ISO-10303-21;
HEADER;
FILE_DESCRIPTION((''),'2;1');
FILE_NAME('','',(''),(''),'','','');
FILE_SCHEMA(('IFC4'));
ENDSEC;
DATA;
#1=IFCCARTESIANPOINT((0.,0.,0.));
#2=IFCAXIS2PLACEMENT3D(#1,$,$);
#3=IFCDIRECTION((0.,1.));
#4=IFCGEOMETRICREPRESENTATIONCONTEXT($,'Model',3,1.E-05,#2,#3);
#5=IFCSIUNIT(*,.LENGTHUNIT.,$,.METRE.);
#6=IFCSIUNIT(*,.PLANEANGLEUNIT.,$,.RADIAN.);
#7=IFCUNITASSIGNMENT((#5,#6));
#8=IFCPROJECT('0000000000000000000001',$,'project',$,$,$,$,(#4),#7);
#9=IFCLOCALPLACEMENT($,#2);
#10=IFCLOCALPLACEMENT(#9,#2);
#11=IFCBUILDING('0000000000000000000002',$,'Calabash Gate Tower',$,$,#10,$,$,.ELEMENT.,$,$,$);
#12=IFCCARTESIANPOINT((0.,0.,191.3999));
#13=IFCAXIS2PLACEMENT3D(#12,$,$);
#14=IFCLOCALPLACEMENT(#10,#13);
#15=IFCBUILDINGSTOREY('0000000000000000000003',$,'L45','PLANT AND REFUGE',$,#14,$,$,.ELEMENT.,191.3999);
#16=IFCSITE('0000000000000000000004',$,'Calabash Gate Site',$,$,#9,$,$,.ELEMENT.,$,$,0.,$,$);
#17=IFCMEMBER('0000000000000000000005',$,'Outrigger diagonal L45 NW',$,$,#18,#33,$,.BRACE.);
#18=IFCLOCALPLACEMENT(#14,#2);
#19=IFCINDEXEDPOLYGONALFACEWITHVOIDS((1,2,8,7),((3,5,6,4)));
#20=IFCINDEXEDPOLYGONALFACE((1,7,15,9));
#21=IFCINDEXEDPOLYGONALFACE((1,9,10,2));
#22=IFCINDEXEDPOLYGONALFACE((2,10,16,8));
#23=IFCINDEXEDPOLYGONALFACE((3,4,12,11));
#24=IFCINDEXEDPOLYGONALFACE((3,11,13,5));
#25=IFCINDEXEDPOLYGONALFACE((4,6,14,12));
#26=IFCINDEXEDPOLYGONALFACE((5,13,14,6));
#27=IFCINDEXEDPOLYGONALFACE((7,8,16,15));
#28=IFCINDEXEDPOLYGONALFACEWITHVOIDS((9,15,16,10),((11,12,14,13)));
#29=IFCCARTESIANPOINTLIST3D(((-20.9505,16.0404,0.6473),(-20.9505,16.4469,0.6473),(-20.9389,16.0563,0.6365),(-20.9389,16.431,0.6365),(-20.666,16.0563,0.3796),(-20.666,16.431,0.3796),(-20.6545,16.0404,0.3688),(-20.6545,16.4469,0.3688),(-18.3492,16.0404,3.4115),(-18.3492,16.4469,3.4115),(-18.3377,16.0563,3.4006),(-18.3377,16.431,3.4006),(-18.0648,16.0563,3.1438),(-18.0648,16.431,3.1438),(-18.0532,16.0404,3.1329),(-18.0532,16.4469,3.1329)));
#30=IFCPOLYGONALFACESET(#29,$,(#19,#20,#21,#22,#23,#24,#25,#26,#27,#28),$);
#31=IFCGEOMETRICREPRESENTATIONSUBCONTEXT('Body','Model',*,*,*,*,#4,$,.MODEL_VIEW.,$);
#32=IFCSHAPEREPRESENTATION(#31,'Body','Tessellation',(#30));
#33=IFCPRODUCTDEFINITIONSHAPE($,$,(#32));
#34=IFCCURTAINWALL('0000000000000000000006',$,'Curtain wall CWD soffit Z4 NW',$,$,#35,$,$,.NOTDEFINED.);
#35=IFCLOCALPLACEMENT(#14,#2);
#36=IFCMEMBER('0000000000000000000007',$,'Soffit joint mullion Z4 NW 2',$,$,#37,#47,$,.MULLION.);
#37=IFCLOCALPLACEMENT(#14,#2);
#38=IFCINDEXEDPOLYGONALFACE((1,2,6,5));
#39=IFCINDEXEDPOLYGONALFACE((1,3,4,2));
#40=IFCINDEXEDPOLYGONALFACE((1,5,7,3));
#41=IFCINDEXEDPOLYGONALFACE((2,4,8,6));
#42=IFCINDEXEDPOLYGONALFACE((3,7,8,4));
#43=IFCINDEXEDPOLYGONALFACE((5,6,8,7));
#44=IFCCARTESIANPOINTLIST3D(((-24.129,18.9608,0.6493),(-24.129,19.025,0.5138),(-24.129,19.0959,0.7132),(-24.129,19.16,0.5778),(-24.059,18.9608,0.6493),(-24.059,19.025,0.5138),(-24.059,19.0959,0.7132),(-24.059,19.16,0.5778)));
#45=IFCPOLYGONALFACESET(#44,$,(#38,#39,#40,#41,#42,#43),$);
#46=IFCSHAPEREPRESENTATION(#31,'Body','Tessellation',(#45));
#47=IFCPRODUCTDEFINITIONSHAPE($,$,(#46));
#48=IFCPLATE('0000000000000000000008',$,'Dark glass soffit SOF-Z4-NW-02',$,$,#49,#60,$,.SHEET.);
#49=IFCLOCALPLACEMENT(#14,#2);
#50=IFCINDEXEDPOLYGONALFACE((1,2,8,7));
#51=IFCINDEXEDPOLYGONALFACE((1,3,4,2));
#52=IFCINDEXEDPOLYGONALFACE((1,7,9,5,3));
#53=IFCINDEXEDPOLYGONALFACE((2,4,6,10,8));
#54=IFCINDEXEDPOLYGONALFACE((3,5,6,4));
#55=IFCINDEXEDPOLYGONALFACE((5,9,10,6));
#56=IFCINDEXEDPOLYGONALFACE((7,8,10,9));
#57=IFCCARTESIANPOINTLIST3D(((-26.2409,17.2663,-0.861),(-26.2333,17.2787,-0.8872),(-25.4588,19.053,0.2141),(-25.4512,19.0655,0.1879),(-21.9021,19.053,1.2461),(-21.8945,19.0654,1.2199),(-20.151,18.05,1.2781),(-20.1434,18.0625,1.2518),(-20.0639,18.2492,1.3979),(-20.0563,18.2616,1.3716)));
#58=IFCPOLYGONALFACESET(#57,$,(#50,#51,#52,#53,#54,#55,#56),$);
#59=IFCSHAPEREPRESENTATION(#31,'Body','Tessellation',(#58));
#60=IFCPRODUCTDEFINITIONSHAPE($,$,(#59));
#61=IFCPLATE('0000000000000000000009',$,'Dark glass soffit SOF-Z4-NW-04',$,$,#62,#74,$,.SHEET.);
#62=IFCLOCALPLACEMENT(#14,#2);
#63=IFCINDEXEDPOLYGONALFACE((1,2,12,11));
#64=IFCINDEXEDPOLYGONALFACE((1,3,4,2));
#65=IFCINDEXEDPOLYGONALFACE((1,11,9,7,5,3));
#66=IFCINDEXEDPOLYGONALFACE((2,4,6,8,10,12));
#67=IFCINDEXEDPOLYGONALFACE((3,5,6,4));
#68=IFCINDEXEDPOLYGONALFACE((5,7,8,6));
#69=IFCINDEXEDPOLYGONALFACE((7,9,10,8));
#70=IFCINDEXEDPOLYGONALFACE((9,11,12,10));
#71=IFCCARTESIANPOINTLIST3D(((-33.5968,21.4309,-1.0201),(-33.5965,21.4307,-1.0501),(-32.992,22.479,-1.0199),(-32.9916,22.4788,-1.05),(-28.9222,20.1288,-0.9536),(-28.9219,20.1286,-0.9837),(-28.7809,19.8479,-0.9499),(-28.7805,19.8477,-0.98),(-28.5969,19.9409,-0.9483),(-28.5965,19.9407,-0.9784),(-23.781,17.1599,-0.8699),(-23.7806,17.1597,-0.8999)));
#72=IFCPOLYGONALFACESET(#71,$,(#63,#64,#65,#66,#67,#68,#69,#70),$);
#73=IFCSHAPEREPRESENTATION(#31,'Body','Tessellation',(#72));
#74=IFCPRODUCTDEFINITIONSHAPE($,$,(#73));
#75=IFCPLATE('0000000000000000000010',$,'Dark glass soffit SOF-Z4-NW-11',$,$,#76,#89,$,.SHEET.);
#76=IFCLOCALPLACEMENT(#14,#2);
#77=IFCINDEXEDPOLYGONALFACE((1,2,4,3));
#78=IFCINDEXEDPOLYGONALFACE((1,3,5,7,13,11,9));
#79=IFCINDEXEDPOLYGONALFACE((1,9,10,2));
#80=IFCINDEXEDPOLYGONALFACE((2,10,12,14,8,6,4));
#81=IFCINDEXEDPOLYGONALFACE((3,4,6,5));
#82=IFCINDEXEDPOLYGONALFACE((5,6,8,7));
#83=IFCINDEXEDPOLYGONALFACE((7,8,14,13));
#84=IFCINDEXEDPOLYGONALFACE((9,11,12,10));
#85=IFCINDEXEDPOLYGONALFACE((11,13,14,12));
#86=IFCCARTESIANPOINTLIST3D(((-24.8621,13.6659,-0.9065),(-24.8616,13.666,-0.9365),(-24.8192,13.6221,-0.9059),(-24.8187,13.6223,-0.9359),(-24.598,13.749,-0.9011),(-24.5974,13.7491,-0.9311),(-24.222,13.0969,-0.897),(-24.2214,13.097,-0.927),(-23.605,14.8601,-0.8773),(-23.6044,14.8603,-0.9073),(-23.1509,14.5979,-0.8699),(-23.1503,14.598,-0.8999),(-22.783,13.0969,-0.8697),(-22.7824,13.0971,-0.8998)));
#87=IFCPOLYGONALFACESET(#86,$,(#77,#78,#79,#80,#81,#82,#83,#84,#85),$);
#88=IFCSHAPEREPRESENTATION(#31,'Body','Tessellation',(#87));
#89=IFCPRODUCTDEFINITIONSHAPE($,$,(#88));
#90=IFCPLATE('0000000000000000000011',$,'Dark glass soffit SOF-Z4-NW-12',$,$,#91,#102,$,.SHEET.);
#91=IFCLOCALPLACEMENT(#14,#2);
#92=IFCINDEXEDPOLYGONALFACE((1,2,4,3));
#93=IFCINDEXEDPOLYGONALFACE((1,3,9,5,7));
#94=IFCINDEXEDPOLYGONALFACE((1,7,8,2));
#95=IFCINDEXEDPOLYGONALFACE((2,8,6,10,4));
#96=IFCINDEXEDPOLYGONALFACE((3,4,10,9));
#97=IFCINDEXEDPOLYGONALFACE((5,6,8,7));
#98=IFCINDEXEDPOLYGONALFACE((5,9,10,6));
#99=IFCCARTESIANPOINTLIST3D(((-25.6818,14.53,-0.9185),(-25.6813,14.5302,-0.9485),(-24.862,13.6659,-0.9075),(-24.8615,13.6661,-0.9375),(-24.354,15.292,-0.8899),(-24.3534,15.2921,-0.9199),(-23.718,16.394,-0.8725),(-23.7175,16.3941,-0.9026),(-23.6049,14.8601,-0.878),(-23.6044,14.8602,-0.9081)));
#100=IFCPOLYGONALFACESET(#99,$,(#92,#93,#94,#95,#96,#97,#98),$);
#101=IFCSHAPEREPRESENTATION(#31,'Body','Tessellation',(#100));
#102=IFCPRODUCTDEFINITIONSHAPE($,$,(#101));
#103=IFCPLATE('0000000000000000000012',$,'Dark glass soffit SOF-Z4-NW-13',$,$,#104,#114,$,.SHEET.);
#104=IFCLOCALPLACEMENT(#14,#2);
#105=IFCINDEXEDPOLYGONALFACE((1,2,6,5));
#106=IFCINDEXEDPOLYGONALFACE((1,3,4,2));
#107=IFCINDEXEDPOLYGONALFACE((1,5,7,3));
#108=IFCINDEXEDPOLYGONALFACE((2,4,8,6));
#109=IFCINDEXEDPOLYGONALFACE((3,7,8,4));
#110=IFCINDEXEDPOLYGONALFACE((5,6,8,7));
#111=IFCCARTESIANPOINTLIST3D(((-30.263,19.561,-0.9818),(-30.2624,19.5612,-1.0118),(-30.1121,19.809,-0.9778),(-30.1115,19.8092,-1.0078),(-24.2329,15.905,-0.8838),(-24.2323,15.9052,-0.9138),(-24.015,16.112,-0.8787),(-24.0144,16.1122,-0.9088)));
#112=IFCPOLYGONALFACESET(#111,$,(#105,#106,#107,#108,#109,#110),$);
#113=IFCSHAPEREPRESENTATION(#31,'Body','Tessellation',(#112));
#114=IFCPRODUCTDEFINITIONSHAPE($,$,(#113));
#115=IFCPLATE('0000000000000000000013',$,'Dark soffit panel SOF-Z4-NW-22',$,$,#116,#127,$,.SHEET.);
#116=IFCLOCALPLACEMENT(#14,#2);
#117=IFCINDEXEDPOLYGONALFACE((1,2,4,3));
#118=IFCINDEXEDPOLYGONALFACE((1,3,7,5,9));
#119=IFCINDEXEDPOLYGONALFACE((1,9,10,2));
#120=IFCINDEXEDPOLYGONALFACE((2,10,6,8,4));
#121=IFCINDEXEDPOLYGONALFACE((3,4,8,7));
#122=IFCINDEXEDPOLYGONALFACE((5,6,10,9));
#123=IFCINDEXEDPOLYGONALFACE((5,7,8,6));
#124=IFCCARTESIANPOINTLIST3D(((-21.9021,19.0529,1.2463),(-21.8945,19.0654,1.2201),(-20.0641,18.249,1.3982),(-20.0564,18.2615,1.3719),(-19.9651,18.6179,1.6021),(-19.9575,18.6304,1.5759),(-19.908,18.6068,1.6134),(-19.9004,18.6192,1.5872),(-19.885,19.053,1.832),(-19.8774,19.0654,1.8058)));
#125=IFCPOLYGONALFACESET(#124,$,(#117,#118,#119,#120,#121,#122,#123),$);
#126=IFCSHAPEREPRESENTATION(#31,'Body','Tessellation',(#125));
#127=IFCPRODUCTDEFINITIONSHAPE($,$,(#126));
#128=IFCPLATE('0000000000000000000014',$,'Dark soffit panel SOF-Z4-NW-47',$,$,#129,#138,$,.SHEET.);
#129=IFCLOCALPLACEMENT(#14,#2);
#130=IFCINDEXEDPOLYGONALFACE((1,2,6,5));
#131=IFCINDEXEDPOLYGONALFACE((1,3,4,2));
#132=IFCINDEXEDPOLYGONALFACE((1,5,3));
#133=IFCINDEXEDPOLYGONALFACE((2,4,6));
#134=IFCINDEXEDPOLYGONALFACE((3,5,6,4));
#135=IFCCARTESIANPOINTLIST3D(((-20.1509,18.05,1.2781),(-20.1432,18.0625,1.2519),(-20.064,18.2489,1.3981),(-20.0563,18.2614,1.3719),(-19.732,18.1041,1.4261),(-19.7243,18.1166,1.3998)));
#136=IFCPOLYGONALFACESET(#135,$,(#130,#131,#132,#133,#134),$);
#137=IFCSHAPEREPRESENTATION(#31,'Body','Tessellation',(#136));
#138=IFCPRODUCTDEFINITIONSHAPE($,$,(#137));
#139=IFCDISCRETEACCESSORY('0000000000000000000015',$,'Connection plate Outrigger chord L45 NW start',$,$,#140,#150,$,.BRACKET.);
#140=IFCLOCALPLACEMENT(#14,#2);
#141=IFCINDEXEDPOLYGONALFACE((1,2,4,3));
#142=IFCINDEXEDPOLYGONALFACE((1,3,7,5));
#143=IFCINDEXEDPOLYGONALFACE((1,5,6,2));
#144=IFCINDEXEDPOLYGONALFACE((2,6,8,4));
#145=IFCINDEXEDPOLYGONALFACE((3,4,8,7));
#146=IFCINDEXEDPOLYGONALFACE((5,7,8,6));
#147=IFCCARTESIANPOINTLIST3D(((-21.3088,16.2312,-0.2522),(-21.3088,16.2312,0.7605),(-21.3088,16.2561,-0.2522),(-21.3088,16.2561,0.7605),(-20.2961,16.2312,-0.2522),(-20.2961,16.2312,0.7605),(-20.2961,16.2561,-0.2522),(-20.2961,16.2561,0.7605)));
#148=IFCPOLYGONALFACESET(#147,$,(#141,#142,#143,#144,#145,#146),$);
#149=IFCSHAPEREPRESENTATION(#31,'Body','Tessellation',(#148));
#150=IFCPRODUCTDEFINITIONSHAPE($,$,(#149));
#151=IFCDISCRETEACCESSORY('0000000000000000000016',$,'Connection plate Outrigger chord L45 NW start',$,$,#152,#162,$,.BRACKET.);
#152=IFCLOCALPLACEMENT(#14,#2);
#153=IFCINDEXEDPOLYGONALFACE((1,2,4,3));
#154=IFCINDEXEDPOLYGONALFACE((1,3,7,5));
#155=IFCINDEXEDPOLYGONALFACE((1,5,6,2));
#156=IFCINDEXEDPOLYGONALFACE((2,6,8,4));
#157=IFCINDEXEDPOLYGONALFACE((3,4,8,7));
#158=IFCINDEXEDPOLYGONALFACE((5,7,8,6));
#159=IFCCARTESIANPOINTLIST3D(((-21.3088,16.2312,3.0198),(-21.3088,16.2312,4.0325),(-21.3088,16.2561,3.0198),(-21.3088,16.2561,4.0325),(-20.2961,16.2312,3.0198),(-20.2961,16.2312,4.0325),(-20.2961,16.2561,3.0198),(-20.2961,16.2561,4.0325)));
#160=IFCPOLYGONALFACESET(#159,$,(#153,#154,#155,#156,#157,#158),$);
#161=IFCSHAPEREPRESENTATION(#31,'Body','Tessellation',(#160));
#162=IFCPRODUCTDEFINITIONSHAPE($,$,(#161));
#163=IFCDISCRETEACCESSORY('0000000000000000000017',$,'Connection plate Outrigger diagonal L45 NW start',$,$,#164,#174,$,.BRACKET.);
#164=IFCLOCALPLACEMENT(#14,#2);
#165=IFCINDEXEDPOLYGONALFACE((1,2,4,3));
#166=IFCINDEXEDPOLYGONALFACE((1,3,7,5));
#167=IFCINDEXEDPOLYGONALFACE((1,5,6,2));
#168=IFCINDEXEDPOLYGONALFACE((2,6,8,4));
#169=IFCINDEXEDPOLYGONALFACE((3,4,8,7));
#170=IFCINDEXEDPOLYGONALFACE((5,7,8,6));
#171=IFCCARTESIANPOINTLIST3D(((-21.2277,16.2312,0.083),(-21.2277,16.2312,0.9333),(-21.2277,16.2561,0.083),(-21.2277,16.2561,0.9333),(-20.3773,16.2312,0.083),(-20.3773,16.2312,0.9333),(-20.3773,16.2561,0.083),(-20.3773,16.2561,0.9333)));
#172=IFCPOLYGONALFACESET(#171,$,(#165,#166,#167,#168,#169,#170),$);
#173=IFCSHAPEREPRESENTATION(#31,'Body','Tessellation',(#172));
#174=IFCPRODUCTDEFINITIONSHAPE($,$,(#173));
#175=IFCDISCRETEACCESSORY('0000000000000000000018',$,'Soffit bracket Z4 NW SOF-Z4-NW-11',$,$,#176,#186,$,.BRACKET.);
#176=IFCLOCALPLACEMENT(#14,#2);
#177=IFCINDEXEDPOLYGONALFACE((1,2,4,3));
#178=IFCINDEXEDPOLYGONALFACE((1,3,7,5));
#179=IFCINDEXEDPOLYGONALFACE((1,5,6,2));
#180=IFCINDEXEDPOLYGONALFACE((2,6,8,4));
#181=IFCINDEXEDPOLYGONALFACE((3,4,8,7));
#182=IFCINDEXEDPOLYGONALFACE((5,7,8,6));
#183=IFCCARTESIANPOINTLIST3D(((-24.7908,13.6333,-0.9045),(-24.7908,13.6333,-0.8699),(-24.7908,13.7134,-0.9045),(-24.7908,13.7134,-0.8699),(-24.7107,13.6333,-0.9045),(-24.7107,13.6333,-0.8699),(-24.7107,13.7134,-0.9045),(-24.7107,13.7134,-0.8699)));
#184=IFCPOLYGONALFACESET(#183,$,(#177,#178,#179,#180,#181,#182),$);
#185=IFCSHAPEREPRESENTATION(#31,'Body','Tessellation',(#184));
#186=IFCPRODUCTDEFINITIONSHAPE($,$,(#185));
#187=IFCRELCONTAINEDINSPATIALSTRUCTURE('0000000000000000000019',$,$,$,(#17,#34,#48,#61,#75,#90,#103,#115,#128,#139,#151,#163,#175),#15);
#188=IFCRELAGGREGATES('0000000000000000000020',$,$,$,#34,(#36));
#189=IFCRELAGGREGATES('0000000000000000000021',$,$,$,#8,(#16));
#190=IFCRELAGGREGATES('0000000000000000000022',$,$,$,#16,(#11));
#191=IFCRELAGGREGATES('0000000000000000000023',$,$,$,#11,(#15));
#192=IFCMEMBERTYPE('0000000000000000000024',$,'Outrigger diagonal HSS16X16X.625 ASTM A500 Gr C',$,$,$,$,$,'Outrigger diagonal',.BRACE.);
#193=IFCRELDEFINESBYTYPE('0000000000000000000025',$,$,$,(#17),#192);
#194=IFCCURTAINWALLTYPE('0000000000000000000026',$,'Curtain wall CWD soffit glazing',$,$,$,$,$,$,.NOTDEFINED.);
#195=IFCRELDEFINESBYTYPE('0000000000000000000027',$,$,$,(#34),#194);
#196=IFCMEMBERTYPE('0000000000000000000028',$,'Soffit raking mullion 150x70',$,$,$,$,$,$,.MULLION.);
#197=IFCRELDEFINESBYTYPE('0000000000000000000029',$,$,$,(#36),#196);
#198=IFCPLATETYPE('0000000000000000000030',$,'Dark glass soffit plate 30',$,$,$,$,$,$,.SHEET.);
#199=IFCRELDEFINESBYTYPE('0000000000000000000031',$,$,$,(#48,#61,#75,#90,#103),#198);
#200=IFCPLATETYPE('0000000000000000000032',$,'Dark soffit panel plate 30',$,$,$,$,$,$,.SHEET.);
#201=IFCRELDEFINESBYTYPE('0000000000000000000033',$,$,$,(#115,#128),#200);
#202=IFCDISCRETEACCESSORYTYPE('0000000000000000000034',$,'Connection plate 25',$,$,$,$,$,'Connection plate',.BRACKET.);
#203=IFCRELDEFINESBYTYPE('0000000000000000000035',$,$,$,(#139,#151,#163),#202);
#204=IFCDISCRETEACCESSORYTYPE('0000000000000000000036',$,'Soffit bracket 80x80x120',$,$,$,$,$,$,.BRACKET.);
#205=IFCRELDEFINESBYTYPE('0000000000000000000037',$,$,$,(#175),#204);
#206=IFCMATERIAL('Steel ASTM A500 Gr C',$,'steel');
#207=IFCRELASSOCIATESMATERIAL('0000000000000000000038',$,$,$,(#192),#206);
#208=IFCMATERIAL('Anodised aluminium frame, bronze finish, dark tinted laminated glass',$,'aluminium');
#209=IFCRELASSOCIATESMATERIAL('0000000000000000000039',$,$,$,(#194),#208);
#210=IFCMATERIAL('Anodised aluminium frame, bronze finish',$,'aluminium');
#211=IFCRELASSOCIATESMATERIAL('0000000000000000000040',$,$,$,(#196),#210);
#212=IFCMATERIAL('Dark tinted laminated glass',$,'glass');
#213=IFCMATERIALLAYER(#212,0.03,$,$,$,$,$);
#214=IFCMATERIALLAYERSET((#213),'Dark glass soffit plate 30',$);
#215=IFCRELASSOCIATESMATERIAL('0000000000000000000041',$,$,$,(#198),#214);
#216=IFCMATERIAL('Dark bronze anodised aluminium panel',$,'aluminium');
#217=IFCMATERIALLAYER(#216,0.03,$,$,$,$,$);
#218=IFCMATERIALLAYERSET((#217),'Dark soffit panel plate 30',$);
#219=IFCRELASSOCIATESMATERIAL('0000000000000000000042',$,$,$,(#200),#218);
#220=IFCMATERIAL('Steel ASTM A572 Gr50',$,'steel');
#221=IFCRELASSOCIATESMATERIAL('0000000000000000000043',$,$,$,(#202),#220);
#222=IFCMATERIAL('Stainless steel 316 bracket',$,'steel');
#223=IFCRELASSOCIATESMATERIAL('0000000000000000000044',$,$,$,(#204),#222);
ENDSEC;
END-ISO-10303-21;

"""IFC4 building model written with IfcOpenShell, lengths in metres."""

from ifc_helpers import new_model, si_unit, direction, frame, origin, origin_2d, place, context, subcontext, project, spatial, polyline, rectangle, hollow_rectangle, outline, extrude, material, layer, layer_set, material_profile, profile_set, type_object, element, aggregate, save


model = new_model("IFC4")

# Units and contexts
model_context = context("Model", 3, precision=1e-05, world=origin(), true_north=direction((0.0, 1.0)))
body_context = subcontext(model_context, "Body", "Model", "MODEL_VIEW")
ifc_project = project(units=[si_unit("LENGTHUNIT", "METRE"), si_unit("PLANEANGLEUNIT", "RADIAN")], contexts=[model_context])

# Site, building, storey
site_placement = place(None, origin())
site = spatial("IfcSite", under=ifc_project, at=site_placement, Name="Calabash Gate Site", CompositionType="ELEMENT", RefElevation=0.0)
building_placement = place(site_placement, origin())
building = spatial("IfcBuilding", under=site, at=building_placement, Name="Calabash Gate Tower", CompositionType="ELEMENT")
storey_placement = place(building_placement, frame((0.0, 0.0, 191.3999)))
storey = spatial("IfcBuildingStorey", under=building, at=storey_placement, Name="L45", Description="PLANT AND REFUGE", CompositionType="ELEMENT", Elevation=191.3999)

# Member
ifc_material_1 = material(Name="Steel ASTM A500 Gr C", Category="steel")
ifc_material_profile_1 = material_profile(ifc_material_1, hollow_rectangle(XDim=0.4065, YDim=0.4065, WallThickness=0.0159, at=origin_2d()))
ifc_profile_set_1 = profile_set([ifc_material_profile_1], Name="Steel ASTM A500 Gr C")
member_type_1 = type_object("IfcMemberType", Name="Outrigger diagonal HSS16X16X.625 ASTM A500 Gr C", ElementType="Outrigger diagonal", PredefinedType="BRACE", material=ifc_profile_set_1)
member_1_placement = place(storey_placement, frame((-20.8025, 16.2437, 0.5081), z_axis=(0.685331, 0.0, 0.728232), x_axis=(0.0, 1.0, 0.0)))
element("IfcMember", 1, at=member_1_placement, inside=storey, type_object=member_type_1, Name="Outrigger diagonal L45 NW", PredefinedType="BRACE", context=body_context, shape_type="SweptSolid", body=[
    extrude(hollow_rectangle(XDim=0.4065, YDim=0.4065, WallThickness=0.0159, at=origin_2d()), origin(), (0.0, 0.0, 1.0), 3.7957),
])

# Curtain wall, member
ifc_material_2 = material(Name="Anodised aluminium frame, bronze finish, dark tinted laminated glass", Category="aluminium")
curtain_wall_type = type_object("IfcCurtainWallType", Name="Curtain wall CWD soffit glazing", PredefinedType="NOTDEFINED", material=ifc_material_2)
curtain_wall_placement = place(storey_placement, origin())
curtain_wall = element("IfcCurtainWall", 2, at=curtain_wall_placement, inside=storey, type_object=curtain_wall_type, Name="Curtain wall CWD soffit Z4 NW", PredefinedType="NOTDEFINED")
ifc_material_3 = material(Name="Anodised aluminium frame, bronze finish", Category="aluminium")
ifc_material_profile_2 = material_profile(ifc_material_3, rectangle(XDim=0.1499, YDim=0.0701, at=origin_2d()))
ifc_profile_set_2 = profile_set([ifc_material_profile_2], Name="Anodised aluminium frame, bronze finish")
member_type_2 = type_object("IfcMemberType", Name="Soffit raking mullion 150x70", PredefinedType="MULLION", material=ifc_profile_set_2)
member_2_placement = place(storey_placement, frame((-24.094, 18.9929, 0.5815), z_axis=(0.0, 0.903705, 0.428157), x_axis=(0.0, -0.428157, 0.903705)))
member_2 = element("IfcMember", 3, at=member_2_placement, type_object=member_type_2, Name="Soffit joint mullion Z4 NW 2", PredefinedType="MULLION", context=body_context, shape_type="SweptSolid", body=[
    extrude(rectangle(XDim=0.1499, YDim=0.0701, at=origin_2d()), origin(), (0.0, 0.0, 1.0), 0.1494),
])
aggregate(curtain_wall, [member_2])

# Plates
ifc_material_4 = material(Name="Dark tinted laminated glass", Category="glass")
ifc_layer_1 = layer(ifc_material_4, 0.03)
ifc_layer_set_1 = layer_set([ifc_layer_1], Name="Dark glass soffit plate 30")
plate_type_1 = type_object("IfcPlateType", Name="Dark glass soffit plate 30", PredefinedType="SHEET", material=ifc_layer_set_1)
plate_1_placement = place(storey_placement, frame((-21.9021, 19.053, 1.2461), z_axis=(-0.253554, -0.414824, 0.87386), x_axis=(0.913621, -0.399505, 0.075445)))
element("IfcPlate", 4, at=plate_1_placement, inside=storey, type_object=plate_type_1, Name="Dark glass soffit SOF-Z4-NW-02", PredefinedType="SHEET", context=body_context, shape_type="SweptSolid", body=[
    extrude(outline(polyline([(0.0, 0.0), (2.012, 0.0), (2.0029, -0.248), (-3.4092, -3.8516), (-3.3274, -1.626), (0.0, 0.0)])), origin(), (0.0, 0.0, -1.0), 0.03),
])
plate_2_placement = place(storey_placement, frame((-23.781, 17.1599, -0.8699), z_axis=(-0.012267, 0.006967, 0.9999), x_axis=(-0.91687, 0.398939, -0.014028)))
element("IfcPlate", 5, at=plate_2_placement, inside=storey, type_object=plate_type_1, Name="Dark glass soffit SOF-Z4-NW-04", PredefinedType="SHEET", context=body_context, shape_type="SweptSolid", body=[
    extrude(outline(polyline([(0.0, 0.0), (10.7058, 0.0), (10.5693, -1.2024), (5.8994, -0.6711), (5.6577, -0.47), (5.5261, -0.6287), (0.0, 0.0)])), origin(), (0.0, 0.0, -1.0), 0.03),
])
plate_3_placement = place(storey_placement, frame((-23.1509, 14.5979, -0.8699), z_axis=(-0.018913, -0.004547, 0.999811), x_axis=(0.238071, -0.971248, 0.000086)))
element("IfcPlate", 6, at=plate_3_placement, inside=storey, type_object=plate_type_1, Name="Dark glass soffit SOF-Z4-NW-11", PredefinedType="SHEET", context=body_context, shape_type="SweptSolid", body=[
    extrude(outline(polyline([(0.0, 0.0), (1.5454, 0.0), (1.2029, -1.3979), (0.48, -1.6079), (0.5505, -1.853), (0.4978, -1.8843), (-0.3628, -0.3787), (0.0, 0.0)])), origin(), (0.0, 0.0, -1.0), 0.03),
])
plate_4_placement = place(storey_placement, frame((-24.354, 15.292, -0.8899), z_axis=(-0.018674, -0.004963, 0.999813), x_axis=(0.866235, -0.499449, 0.0137)))
element("IfcPlate", 7, at=plate_4_placement, inside=storey, type_object=plate_type_1, Name="Dark glass soffit SOF-Z4-NW-12", PredefinedType="SHEET", context=body_context, shape_type="SweptSolid", body=[
    extrude(outline(polyline([(0.0, 0.0), (0.8647, 0.0), (0.3718, -1.6626), (-0.77, -1.3235), (0.0007, 1.2725), (0.0, 0.0)])), origin(), (0.0, 0.0, -1.0), 0.03),
])
plate_5_placement = place(storey_placement, frame((-24.2329, 15.905, -0.8838), z_axis=(-0.018958, -0.004478, 0.99981), x_axis=(-0.855025, 0.518401, -0.013891)))
element("IfcPlate", 8, at=plate_5_placement, inside=storey, type_object=plate_type_1, Name="Dark glass soffit SOF-Z4-NW-13", PredefinedType="SHEET", context=body_context, shape_type="SweptSolid", body=[
    extrude(outline(polyline([(0.0, 0.0), (7.0525, 0.0), (7.052, -0.2903), (-0.0791, -0.29), (0.0, 0.0)])), origin(), (0.0, 0.0, -1.0), 0.03),
])
ifc_material_5 = material(Name="Dark bronze anodised aluminium panel", Category="aluminium")
ifc_layer_2 = layer(ifc_material_5, 0.03)
ifc_layer_set_2 = layer_set([ifc_layer_2], Name="Dark soffit panel plate 30")
plate_type_2 = type_object("IfcPlateType", Name="Dark soffit panel plate 30", PredefinedType="SHEET", material=ifc_layer_set_2)
plate_6_placement = place(storey_placement, frame((-19.885, 19.053, 1.832), z_axis=(-0.253696, -0.415019, 0.873727), x_axis=(-0.160647, -0.872656, -0.461156)))
element("IfcPlate", 9, at=plate_6_placement, inside=storey, type_object=plate_type_2, Name="Dark soffit panel SOF-Z4-NW-22", PredefinedType="SHEET", context=body_context, shape_type="SweptSolid", body=[
    extrude(outline(polyline([(0.0, 0.0), (0.4985, 0.0), (0.4939, 0.0591), (0.9304, -0.031), (0.5942, -2.0146), (0.0, 0.0)])), origin(), (0.0, 0.0, -1.0), 0.03),
])
plate_7_placement = place(storey_placement, frame((-20.1509, 18.05, 1.2781), z_axis=(-0.254773, -0.415762, 0.873059), x_axis=(0.350263, 0.801867, 0.484072)))
element("IfcPlate", 10, at=plate_7_placement, inside=storey, type_object=plate_type_2, Name="Dark soffit panel SOF-Z4-NW-47", PredefinedType="SHEET", context=body_context, shape_type="SweptSolid", body=[
    extrude(outline(polyline([(0.0, 0.0), (0.248, 0.0), (0.2617, -0.363), (0.0, 0.0)])), origin(), (0.0, 0.0, -1.0), 0.03),
])

# Discrete accessories
ifc_material_6 = material(Name="Steel ASTM A572 Gr50", Category="steel")
discrete_accessory_type_1 = type_object("IfcDiscreteAccessoryType", Name="Connection plate 25", ElementType="Connection plate", PredefinedType="BRACKET", material=ifc_material_6)
for number, where, z_axis, x_axis, name in (
    (11, (-20.8025, 16.2437, -0.2522), (0.0, 0.0, 1.0), (1.0, 0.0, 0.0), "Connection plate Outrigger chord L45 NW start"),
    (12, (-20.8025, 16.2437, 3.0198), (0.0, 0.0, 1.0), (1.0, 0.0, 0.0), "Connection plate Outrigger chord L45 NW start"),
):
    element("IfcDiscreteAccessory", number, at=place(storey_placement, frame(where, z_axis=z_axis, x_axis=x_axis)), inside=storey, type_object=discrete_accessory_type_1, Name=name, PredefinedType="BRACKET", context=body_context, shape_type="SweptSolid", body=[
        extrude(rectangle(XDim=1.0127, YDim=0.0249, at=origin_2d()), origin(), (0.0, 0.0, 1.0), 1.0127),
    ])
discrete_accessory_1_placement = place(storey_placement, frame((-20.8025, 16.2437, 0.083), z_axis=(0.0, 0.0, 1.0), x_axis=(1.0, 0.0, 0.0)))
element("IfcDiscreteAccessory", 13, at=discrete_accessory_1_placement, inside=storey, type_object=discrete_accessory_type_1, Name="Connection plate Outrigger diagonal L45 NW start", PredefinedType="BRACKET", context=body_context, shape_type="SweptSolid", body=[
    extrude(rectangle(XDim=0.8503, YDim=0.0249, at=origin_2d()), origin(), (0.0, 0.0, 1.0), 0.8503),
])
ifc_material_7 = material(Name="Stainless steel 316 bracket", Category="steel")
discrete_accessory_type_2 = type_object("IfcDiscreteAccessoryType", Name="Soffit bracket 80x80x120", PredefinedType="BRACKET", material=ifc_material_7)
discrete_accessory_2_placement = place(storey_placement, frame((-24.7507, 13.6733, -0.9045), z_axis=(0.0, 0.0, 1.0), x_axis=(1.0, 0.0, 0.0)))
element("IfcDiscreteAccessory", 14, at=discrete_accessory_2_placement, inside=storey, type_object=discrete_accessory_type_2, Name="Soffit bracket Z4 NW SOF-Z4-NW-11", PredefinedType="BRACKET", context=body_context, shape_type="SweptSolid", body=[
    extrude(rectangle(XDim=0.0801, YDim=0.0801, at=origin_2d()), origin(), (0.0, 0.0, 1.0), 0.0347),
])

save(model, "model.ifc")
